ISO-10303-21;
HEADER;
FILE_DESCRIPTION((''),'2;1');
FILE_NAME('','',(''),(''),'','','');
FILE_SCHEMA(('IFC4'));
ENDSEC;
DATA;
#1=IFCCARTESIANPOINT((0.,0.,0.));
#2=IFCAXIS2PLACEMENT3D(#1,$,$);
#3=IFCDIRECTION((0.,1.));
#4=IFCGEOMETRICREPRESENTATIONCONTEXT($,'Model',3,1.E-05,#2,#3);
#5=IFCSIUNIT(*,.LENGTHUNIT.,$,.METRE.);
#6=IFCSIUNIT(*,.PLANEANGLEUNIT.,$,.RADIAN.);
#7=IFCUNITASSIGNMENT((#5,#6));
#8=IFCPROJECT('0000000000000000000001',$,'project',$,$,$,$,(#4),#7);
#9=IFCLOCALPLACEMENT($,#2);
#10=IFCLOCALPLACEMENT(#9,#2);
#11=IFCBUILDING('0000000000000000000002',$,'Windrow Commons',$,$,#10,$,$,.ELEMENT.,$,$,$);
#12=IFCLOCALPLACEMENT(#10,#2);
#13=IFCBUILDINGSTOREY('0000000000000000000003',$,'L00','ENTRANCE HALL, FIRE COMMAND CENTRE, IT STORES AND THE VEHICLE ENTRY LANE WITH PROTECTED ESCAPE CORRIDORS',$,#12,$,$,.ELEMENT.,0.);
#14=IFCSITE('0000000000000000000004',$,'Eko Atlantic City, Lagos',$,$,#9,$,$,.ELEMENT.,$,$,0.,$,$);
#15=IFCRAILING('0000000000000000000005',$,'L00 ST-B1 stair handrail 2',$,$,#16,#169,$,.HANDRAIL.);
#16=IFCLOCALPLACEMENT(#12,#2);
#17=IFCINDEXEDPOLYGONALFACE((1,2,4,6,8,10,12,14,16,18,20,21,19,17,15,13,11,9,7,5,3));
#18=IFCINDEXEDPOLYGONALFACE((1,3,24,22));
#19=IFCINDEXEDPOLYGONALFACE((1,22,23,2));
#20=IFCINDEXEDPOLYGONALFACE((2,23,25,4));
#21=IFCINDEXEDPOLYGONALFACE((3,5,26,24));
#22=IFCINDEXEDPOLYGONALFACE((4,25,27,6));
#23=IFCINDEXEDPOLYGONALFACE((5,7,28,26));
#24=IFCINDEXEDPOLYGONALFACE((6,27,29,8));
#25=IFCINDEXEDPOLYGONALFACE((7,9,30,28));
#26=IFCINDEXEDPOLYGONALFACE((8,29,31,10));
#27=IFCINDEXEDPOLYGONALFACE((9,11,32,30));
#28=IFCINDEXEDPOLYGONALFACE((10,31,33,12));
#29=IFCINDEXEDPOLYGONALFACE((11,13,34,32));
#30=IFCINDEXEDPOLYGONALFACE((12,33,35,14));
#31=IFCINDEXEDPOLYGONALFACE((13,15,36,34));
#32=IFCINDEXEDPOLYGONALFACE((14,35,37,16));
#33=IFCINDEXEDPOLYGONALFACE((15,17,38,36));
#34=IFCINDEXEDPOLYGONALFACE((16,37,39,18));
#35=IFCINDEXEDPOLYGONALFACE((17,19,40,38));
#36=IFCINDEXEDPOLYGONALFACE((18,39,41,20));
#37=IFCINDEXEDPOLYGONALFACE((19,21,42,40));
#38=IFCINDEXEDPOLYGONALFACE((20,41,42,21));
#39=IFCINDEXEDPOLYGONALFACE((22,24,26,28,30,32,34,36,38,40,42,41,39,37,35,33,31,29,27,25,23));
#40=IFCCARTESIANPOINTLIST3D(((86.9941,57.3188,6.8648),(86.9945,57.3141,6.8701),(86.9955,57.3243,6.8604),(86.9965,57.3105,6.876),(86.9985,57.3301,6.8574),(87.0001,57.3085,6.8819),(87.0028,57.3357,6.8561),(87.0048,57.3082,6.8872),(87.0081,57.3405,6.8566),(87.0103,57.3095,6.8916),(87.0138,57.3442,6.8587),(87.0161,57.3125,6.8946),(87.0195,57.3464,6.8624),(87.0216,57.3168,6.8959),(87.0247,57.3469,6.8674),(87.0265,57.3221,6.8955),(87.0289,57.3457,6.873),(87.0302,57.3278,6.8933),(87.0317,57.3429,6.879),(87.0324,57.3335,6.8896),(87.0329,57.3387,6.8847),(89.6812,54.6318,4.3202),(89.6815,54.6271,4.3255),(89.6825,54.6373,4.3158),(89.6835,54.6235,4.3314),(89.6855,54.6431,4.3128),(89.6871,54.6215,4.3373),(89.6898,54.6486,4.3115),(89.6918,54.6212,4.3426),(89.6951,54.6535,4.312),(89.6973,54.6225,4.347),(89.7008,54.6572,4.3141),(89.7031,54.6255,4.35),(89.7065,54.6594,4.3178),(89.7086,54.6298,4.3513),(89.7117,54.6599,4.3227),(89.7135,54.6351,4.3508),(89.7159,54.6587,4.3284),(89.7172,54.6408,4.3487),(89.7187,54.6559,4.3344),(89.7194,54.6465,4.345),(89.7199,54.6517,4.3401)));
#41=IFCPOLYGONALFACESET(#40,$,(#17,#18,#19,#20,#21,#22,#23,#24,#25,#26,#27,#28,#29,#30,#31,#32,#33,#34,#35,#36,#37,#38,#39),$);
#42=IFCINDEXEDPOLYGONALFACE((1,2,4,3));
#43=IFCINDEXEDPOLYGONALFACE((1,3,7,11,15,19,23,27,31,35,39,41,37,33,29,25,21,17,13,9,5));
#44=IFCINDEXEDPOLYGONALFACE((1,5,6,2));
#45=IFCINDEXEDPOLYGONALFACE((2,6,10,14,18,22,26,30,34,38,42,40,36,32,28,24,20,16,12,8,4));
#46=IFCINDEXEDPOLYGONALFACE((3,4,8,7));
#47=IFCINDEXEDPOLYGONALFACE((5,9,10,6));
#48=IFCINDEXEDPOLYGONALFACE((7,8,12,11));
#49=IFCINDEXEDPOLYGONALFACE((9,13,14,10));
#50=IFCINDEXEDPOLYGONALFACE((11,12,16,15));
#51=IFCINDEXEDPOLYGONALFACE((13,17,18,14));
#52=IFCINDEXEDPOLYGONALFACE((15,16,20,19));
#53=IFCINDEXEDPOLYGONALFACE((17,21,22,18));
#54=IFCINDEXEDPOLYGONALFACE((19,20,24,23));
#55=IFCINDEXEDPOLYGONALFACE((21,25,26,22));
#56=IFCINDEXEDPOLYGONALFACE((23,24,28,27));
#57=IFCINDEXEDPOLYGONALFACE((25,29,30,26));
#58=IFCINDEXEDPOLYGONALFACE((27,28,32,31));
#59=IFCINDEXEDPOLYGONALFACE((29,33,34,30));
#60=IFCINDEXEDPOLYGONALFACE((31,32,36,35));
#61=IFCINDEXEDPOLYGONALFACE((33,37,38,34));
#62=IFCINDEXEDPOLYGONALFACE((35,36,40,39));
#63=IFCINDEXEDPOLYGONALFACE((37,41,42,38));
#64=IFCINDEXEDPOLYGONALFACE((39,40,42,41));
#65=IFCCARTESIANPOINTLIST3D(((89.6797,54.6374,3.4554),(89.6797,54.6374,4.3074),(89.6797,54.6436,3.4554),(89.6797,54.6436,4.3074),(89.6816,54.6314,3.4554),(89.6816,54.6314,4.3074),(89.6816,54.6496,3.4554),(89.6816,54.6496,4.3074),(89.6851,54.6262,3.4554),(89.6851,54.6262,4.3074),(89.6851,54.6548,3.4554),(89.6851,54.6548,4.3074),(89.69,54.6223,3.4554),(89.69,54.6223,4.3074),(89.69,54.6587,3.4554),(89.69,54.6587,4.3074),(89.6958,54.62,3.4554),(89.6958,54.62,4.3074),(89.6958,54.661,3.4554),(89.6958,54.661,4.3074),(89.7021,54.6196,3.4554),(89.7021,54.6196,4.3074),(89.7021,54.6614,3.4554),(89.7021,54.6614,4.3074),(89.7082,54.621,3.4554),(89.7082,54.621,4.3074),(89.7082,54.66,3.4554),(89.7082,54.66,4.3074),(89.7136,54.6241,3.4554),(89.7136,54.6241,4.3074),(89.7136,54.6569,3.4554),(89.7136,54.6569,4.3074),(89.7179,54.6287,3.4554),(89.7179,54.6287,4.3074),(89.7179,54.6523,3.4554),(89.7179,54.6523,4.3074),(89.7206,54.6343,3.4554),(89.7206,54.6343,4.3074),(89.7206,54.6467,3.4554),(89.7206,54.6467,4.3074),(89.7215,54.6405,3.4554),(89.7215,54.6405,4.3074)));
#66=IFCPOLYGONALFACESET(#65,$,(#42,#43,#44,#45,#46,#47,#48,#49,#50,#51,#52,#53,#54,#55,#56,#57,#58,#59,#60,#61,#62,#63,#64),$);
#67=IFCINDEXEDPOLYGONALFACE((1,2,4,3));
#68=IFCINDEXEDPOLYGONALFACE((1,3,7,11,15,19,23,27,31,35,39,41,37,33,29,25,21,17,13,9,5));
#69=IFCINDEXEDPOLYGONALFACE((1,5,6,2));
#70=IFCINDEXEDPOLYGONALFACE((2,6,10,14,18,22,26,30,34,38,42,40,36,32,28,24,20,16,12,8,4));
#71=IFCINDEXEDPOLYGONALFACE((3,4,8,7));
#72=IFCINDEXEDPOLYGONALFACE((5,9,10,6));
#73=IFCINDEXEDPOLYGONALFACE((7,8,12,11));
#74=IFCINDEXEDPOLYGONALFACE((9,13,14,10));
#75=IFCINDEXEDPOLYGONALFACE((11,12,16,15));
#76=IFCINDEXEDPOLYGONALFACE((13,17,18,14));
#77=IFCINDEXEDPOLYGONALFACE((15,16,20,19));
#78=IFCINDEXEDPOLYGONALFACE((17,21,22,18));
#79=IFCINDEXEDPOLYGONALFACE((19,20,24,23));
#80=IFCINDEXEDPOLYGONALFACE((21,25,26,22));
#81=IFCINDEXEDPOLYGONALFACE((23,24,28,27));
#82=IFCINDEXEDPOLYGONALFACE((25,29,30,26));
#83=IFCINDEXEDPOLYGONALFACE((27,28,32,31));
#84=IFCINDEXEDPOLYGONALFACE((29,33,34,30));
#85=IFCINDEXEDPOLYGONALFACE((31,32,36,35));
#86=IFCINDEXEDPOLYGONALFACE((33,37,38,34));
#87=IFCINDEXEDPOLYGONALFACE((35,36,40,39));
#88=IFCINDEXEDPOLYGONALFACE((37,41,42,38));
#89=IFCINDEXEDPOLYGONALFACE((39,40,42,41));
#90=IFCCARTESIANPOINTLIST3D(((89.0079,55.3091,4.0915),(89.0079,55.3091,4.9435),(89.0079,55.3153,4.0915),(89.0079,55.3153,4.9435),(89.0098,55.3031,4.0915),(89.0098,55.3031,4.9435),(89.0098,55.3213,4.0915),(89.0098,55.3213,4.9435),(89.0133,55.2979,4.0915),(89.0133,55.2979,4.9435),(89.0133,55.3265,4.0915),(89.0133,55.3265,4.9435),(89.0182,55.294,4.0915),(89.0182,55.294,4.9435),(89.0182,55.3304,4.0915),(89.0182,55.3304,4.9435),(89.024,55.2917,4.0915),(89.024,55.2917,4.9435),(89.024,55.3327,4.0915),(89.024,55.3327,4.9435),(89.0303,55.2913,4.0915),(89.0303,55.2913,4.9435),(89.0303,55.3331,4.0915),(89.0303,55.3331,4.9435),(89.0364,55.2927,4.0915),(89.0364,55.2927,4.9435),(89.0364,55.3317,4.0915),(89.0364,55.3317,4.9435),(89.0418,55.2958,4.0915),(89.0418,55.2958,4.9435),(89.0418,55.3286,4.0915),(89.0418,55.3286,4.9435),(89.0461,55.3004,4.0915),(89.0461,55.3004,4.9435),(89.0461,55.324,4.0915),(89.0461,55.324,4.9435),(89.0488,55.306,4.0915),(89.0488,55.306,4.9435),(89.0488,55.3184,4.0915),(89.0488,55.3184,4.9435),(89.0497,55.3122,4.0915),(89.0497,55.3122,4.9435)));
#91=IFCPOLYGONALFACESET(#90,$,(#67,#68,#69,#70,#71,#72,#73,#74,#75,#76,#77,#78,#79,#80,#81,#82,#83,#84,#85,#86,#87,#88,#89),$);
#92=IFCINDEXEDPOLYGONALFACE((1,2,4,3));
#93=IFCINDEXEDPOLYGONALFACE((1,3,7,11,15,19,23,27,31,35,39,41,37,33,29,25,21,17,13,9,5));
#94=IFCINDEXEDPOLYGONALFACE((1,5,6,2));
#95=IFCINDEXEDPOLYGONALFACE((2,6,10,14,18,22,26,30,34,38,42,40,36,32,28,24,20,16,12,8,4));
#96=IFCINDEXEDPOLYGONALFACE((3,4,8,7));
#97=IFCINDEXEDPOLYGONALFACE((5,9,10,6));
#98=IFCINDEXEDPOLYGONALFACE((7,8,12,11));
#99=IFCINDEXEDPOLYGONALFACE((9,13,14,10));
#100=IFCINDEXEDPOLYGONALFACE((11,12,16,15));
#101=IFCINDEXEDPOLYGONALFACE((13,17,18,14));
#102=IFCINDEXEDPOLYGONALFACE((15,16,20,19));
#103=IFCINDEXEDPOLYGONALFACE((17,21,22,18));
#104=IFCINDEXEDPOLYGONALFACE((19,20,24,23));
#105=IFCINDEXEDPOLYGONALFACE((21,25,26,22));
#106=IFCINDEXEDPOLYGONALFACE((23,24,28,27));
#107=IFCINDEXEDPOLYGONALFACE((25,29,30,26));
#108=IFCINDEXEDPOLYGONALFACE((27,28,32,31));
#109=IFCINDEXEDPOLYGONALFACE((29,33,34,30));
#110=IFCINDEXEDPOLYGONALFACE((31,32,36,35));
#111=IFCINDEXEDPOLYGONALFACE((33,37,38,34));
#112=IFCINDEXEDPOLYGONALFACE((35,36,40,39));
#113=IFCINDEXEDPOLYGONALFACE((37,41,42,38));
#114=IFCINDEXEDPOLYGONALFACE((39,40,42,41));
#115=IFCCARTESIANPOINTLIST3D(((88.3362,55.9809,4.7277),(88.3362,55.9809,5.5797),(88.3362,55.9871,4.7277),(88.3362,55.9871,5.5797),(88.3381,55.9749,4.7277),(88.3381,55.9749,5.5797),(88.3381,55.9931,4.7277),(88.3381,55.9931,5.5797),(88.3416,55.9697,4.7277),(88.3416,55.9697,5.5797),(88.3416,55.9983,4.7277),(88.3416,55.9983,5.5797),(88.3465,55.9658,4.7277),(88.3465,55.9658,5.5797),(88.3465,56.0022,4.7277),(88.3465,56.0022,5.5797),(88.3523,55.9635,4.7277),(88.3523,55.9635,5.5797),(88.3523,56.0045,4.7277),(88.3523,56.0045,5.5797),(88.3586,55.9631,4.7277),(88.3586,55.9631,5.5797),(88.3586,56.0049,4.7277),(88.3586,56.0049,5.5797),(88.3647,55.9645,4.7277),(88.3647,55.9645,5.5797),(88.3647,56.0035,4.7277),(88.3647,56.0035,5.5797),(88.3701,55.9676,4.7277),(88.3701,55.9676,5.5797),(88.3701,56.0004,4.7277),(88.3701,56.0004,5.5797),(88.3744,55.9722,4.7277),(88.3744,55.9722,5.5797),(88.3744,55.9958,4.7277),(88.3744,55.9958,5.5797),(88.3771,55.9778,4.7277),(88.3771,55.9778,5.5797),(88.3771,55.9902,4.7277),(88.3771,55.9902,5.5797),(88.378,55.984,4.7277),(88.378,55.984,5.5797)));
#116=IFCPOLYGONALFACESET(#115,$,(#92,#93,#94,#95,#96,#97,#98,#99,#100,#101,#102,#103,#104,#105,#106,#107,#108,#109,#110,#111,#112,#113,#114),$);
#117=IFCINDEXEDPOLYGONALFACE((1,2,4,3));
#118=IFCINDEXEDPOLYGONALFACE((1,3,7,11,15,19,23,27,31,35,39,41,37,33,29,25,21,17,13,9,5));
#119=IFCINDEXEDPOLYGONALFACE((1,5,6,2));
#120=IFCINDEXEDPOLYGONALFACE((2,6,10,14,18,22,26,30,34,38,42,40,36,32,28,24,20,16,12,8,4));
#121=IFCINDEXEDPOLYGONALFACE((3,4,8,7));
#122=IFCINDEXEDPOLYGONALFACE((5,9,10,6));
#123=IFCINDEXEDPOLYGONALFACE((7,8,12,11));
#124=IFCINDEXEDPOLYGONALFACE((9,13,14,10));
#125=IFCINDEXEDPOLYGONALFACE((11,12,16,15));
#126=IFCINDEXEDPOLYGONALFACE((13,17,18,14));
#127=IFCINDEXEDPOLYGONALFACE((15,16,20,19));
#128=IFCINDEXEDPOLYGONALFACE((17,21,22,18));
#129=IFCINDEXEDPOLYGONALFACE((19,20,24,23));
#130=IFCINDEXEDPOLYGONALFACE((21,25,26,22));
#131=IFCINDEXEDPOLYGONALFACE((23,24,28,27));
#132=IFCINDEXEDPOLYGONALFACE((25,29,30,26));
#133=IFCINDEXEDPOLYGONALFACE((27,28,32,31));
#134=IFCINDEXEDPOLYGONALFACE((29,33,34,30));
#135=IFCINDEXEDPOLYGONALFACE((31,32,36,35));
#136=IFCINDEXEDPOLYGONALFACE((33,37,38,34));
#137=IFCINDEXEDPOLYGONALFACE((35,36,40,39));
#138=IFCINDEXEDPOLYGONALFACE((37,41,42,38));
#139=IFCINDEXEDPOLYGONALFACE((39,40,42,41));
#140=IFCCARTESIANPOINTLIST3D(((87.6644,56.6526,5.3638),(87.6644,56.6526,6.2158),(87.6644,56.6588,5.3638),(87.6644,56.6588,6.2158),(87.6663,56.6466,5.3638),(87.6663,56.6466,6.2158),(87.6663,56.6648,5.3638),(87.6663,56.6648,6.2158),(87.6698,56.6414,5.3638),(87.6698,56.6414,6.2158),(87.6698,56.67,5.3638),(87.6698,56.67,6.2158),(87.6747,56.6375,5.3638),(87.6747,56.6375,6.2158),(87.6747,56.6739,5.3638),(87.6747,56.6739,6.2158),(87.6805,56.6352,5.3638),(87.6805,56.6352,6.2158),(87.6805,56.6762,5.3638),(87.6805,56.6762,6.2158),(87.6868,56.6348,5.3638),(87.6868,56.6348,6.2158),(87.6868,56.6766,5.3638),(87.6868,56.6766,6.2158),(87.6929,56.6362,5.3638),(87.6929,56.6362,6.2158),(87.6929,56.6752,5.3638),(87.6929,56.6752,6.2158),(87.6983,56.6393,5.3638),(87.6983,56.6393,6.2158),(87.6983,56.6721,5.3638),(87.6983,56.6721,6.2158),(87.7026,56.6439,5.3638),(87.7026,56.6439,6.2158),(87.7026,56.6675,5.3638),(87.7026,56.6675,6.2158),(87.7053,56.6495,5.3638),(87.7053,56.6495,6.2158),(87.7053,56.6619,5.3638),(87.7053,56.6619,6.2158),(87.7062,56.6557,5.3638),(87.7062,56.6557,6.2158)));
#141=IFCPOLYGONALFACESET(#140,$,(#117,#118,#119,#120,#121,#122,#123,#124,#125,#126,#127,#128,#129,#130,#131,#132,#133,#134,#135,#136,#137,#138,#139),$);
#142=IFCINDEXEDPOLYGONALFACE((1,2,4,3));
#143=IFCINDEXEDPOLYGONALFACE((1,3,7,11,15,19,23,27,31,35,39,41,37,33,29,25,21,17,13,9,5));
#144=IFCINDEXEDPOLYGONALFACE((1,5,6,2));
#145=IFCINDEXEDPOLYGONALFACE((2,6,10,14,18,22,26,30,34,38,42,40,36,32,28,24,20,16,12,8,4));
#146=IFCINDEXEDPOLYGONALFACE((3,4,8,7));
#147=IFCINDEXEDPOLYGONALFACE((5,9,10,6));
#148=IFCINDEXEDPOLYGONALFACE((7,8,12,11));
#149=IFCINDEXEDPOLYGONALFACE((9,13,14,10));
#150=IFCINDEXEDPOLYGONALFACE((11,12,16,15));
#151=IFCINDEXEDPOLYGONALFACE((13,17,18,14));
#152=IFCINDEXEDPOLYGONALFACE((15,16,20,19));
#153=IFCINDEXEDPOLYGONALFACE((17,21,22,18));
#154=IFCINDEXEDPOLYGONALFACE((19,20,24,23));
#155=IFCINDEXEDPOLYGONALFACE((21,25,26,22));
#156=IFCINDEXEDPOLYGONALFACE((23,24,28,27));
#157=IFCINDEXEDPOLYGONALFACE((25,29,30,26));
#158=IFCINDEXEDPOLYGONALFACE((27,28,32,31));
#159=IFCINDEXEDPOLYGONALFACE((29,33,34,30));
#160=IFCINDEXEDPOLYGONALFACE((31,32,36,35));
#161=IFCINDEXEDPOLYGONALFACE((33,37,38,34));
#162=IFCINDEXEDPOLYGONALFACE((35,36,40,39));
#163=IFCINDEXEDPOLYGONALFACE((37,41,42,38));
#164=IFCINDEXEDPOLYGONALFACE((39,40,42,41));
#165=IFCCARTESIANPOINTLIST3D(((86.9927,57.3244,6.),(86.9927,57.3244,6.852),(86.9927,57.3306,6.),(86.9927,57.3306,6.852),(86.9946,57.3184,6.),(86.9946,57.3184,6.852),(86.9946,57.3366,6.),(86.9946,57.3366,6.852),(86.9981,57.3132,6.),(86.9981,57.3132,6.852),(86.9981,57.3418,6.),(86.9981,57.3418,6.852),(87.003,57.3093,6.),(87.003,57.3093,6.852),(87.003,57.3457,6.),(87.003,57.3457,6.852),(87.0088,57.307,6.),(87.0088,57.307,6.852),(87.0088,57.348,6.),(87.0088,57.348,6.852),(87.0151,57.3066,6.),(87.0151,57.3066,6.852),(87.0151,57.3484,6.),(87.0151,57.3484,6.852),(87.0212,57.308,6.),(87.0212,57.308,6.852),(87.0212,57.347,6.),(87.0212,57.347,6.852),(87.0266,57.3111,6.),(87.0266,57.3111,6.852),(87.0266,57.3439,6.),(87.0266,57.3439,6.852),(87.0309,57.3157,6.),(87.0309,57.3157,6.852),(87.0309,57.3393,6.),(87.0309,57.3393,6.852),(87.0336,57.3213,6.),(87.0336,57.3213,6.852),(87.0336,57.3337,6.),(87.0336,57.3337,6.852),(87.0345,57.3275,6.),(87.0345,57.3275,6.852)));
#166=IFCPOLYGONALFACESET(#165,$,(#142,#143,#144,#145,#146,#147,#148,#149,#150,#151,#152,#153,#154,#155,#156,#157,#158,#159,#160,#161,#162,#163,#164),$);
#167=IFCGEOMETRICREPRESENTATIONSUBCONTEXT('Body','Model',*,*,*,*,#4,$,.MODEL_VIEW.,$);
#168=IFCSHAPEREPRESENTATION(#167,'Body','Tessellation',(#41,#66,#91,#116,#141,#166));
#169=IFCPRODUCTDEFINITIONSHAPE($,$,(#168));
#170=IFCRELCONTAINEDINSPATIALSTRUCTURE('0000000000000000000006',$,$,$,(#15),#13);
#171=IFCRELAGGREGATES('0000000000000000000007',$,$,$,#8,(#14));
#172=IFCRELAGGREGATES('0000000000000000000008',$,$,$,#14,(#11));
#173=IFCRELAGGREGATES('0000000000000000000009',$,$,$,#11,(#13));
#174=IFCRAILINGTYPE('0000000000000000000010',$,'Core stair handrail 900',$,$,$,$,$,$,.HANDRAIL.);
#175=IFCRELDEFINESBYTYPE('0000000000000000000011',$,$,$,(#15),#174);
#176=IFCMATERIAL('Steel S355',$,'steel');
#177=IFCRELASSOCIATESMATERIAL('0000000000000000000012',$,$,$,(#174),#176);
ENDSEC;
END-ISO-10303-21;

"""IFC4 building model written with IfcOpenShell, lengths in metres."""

from ifc_helpers import new_model, si_unit, direction, frame, origin, origin_2d, place, context, subcontext, project, spatial, circle, extrude, material, type_object, element, save


model = new_model("IFC4")

# Units and contexts
model_context = context("Model", 3, precision=1e-05, world=origin(), true_north=direction((0.0, 1.0)))
body_context = subcontext(model_context, "Body", "Model", "MODEL_VIEW")
ifc_project = project(units=[si_unit("LENGTHUNIT", "METRE"), si_unit("PLANEANGLEUNIT", "RADIAN")], contexts=[model_context])

# Site, building, storey
site_placement = place(None, origin())
site = spatial("IfcSite", under=ifc_project, at=site_placement, Name="Eko Atlantic City, Lagos", CompositionType="ELEMENT", RefElevation=0.0)
building_placement = place(site_placement, origin())
building = spatial("IfcBuilding", under=site, at=building_placement, Name="Windrow Commons", CompositionType="ELEMENT")
storey_placement = place(building_placement, origin())
storey = spatial("IfcBuildingStorey", under=building, at=storey_placement, Name="L00", Description="ENTRANCE HALL, FIRE COMMAND CENTRE, IT STORES AND THE VEHICLE ENTRY LANE WITH PROTECTED ESCAPE CORRIDORS", CompositionType="ELEMENT", Elevation=0.0)

# Railing
ifc_material_1 = material(Name="Steel S355", Category="steel")
railing_type_1 = type_object("IfcRailingType", Name="Core stair handrail 900", PredefinedType="HANDRAIL", material=ifc_material_1)
railing_1_placement = place(storey_placement, frame((89.7005, 54.6405, 3.4554)))
element("IfcRailing", 1, at=railing_1_placement, inside=storey, type_object=railing_type_1, Name="L00 ST-B1 stair handrail 2", PredefinedType="HANDRAIL", context=body_context, shape_type="SweptSolid", body=[
    extrude(circle(Radius=0.024, at=origin_2d()), frame((0.0, 0.0, 0.876), z_axis=(-0.587543, 0.587543, 0.556405), x_axis=(-0.707107, -0.707107, 0.0)), (0.0, 0.0, 1.0), 4.5733),
    extrude(circle(Radius=0.021, at=origin_2d()), origin(), (0.0, 0.0, 1.0), 0.852),
    extrude(circle(Radius=0.021, at=origin_2d()), frame((-0.6718, 0.6717, 0.6361)), (0.0, 0.0, 1.0), 0.852),
    extrude(circle(Radius=0.021, at=origin_2d()), frame((-1.3435, 1.3435, 1.2723)), (0.0, 0.0, 1.0), 0.852),
    extrude(circle(Radius=0.021, at=origin_2d()), frame((-2.0153, 2.0152, 1.9084)), (0.0, 0.0, 1.0), 0.852),
    extrude(circle(Radius=0.021, at=origin_2d()), frame((-2.687, 2.687, 2.5446)), (0.0, 0.0, 1.0), 0.852),
])

save(model, "model.ifc")
